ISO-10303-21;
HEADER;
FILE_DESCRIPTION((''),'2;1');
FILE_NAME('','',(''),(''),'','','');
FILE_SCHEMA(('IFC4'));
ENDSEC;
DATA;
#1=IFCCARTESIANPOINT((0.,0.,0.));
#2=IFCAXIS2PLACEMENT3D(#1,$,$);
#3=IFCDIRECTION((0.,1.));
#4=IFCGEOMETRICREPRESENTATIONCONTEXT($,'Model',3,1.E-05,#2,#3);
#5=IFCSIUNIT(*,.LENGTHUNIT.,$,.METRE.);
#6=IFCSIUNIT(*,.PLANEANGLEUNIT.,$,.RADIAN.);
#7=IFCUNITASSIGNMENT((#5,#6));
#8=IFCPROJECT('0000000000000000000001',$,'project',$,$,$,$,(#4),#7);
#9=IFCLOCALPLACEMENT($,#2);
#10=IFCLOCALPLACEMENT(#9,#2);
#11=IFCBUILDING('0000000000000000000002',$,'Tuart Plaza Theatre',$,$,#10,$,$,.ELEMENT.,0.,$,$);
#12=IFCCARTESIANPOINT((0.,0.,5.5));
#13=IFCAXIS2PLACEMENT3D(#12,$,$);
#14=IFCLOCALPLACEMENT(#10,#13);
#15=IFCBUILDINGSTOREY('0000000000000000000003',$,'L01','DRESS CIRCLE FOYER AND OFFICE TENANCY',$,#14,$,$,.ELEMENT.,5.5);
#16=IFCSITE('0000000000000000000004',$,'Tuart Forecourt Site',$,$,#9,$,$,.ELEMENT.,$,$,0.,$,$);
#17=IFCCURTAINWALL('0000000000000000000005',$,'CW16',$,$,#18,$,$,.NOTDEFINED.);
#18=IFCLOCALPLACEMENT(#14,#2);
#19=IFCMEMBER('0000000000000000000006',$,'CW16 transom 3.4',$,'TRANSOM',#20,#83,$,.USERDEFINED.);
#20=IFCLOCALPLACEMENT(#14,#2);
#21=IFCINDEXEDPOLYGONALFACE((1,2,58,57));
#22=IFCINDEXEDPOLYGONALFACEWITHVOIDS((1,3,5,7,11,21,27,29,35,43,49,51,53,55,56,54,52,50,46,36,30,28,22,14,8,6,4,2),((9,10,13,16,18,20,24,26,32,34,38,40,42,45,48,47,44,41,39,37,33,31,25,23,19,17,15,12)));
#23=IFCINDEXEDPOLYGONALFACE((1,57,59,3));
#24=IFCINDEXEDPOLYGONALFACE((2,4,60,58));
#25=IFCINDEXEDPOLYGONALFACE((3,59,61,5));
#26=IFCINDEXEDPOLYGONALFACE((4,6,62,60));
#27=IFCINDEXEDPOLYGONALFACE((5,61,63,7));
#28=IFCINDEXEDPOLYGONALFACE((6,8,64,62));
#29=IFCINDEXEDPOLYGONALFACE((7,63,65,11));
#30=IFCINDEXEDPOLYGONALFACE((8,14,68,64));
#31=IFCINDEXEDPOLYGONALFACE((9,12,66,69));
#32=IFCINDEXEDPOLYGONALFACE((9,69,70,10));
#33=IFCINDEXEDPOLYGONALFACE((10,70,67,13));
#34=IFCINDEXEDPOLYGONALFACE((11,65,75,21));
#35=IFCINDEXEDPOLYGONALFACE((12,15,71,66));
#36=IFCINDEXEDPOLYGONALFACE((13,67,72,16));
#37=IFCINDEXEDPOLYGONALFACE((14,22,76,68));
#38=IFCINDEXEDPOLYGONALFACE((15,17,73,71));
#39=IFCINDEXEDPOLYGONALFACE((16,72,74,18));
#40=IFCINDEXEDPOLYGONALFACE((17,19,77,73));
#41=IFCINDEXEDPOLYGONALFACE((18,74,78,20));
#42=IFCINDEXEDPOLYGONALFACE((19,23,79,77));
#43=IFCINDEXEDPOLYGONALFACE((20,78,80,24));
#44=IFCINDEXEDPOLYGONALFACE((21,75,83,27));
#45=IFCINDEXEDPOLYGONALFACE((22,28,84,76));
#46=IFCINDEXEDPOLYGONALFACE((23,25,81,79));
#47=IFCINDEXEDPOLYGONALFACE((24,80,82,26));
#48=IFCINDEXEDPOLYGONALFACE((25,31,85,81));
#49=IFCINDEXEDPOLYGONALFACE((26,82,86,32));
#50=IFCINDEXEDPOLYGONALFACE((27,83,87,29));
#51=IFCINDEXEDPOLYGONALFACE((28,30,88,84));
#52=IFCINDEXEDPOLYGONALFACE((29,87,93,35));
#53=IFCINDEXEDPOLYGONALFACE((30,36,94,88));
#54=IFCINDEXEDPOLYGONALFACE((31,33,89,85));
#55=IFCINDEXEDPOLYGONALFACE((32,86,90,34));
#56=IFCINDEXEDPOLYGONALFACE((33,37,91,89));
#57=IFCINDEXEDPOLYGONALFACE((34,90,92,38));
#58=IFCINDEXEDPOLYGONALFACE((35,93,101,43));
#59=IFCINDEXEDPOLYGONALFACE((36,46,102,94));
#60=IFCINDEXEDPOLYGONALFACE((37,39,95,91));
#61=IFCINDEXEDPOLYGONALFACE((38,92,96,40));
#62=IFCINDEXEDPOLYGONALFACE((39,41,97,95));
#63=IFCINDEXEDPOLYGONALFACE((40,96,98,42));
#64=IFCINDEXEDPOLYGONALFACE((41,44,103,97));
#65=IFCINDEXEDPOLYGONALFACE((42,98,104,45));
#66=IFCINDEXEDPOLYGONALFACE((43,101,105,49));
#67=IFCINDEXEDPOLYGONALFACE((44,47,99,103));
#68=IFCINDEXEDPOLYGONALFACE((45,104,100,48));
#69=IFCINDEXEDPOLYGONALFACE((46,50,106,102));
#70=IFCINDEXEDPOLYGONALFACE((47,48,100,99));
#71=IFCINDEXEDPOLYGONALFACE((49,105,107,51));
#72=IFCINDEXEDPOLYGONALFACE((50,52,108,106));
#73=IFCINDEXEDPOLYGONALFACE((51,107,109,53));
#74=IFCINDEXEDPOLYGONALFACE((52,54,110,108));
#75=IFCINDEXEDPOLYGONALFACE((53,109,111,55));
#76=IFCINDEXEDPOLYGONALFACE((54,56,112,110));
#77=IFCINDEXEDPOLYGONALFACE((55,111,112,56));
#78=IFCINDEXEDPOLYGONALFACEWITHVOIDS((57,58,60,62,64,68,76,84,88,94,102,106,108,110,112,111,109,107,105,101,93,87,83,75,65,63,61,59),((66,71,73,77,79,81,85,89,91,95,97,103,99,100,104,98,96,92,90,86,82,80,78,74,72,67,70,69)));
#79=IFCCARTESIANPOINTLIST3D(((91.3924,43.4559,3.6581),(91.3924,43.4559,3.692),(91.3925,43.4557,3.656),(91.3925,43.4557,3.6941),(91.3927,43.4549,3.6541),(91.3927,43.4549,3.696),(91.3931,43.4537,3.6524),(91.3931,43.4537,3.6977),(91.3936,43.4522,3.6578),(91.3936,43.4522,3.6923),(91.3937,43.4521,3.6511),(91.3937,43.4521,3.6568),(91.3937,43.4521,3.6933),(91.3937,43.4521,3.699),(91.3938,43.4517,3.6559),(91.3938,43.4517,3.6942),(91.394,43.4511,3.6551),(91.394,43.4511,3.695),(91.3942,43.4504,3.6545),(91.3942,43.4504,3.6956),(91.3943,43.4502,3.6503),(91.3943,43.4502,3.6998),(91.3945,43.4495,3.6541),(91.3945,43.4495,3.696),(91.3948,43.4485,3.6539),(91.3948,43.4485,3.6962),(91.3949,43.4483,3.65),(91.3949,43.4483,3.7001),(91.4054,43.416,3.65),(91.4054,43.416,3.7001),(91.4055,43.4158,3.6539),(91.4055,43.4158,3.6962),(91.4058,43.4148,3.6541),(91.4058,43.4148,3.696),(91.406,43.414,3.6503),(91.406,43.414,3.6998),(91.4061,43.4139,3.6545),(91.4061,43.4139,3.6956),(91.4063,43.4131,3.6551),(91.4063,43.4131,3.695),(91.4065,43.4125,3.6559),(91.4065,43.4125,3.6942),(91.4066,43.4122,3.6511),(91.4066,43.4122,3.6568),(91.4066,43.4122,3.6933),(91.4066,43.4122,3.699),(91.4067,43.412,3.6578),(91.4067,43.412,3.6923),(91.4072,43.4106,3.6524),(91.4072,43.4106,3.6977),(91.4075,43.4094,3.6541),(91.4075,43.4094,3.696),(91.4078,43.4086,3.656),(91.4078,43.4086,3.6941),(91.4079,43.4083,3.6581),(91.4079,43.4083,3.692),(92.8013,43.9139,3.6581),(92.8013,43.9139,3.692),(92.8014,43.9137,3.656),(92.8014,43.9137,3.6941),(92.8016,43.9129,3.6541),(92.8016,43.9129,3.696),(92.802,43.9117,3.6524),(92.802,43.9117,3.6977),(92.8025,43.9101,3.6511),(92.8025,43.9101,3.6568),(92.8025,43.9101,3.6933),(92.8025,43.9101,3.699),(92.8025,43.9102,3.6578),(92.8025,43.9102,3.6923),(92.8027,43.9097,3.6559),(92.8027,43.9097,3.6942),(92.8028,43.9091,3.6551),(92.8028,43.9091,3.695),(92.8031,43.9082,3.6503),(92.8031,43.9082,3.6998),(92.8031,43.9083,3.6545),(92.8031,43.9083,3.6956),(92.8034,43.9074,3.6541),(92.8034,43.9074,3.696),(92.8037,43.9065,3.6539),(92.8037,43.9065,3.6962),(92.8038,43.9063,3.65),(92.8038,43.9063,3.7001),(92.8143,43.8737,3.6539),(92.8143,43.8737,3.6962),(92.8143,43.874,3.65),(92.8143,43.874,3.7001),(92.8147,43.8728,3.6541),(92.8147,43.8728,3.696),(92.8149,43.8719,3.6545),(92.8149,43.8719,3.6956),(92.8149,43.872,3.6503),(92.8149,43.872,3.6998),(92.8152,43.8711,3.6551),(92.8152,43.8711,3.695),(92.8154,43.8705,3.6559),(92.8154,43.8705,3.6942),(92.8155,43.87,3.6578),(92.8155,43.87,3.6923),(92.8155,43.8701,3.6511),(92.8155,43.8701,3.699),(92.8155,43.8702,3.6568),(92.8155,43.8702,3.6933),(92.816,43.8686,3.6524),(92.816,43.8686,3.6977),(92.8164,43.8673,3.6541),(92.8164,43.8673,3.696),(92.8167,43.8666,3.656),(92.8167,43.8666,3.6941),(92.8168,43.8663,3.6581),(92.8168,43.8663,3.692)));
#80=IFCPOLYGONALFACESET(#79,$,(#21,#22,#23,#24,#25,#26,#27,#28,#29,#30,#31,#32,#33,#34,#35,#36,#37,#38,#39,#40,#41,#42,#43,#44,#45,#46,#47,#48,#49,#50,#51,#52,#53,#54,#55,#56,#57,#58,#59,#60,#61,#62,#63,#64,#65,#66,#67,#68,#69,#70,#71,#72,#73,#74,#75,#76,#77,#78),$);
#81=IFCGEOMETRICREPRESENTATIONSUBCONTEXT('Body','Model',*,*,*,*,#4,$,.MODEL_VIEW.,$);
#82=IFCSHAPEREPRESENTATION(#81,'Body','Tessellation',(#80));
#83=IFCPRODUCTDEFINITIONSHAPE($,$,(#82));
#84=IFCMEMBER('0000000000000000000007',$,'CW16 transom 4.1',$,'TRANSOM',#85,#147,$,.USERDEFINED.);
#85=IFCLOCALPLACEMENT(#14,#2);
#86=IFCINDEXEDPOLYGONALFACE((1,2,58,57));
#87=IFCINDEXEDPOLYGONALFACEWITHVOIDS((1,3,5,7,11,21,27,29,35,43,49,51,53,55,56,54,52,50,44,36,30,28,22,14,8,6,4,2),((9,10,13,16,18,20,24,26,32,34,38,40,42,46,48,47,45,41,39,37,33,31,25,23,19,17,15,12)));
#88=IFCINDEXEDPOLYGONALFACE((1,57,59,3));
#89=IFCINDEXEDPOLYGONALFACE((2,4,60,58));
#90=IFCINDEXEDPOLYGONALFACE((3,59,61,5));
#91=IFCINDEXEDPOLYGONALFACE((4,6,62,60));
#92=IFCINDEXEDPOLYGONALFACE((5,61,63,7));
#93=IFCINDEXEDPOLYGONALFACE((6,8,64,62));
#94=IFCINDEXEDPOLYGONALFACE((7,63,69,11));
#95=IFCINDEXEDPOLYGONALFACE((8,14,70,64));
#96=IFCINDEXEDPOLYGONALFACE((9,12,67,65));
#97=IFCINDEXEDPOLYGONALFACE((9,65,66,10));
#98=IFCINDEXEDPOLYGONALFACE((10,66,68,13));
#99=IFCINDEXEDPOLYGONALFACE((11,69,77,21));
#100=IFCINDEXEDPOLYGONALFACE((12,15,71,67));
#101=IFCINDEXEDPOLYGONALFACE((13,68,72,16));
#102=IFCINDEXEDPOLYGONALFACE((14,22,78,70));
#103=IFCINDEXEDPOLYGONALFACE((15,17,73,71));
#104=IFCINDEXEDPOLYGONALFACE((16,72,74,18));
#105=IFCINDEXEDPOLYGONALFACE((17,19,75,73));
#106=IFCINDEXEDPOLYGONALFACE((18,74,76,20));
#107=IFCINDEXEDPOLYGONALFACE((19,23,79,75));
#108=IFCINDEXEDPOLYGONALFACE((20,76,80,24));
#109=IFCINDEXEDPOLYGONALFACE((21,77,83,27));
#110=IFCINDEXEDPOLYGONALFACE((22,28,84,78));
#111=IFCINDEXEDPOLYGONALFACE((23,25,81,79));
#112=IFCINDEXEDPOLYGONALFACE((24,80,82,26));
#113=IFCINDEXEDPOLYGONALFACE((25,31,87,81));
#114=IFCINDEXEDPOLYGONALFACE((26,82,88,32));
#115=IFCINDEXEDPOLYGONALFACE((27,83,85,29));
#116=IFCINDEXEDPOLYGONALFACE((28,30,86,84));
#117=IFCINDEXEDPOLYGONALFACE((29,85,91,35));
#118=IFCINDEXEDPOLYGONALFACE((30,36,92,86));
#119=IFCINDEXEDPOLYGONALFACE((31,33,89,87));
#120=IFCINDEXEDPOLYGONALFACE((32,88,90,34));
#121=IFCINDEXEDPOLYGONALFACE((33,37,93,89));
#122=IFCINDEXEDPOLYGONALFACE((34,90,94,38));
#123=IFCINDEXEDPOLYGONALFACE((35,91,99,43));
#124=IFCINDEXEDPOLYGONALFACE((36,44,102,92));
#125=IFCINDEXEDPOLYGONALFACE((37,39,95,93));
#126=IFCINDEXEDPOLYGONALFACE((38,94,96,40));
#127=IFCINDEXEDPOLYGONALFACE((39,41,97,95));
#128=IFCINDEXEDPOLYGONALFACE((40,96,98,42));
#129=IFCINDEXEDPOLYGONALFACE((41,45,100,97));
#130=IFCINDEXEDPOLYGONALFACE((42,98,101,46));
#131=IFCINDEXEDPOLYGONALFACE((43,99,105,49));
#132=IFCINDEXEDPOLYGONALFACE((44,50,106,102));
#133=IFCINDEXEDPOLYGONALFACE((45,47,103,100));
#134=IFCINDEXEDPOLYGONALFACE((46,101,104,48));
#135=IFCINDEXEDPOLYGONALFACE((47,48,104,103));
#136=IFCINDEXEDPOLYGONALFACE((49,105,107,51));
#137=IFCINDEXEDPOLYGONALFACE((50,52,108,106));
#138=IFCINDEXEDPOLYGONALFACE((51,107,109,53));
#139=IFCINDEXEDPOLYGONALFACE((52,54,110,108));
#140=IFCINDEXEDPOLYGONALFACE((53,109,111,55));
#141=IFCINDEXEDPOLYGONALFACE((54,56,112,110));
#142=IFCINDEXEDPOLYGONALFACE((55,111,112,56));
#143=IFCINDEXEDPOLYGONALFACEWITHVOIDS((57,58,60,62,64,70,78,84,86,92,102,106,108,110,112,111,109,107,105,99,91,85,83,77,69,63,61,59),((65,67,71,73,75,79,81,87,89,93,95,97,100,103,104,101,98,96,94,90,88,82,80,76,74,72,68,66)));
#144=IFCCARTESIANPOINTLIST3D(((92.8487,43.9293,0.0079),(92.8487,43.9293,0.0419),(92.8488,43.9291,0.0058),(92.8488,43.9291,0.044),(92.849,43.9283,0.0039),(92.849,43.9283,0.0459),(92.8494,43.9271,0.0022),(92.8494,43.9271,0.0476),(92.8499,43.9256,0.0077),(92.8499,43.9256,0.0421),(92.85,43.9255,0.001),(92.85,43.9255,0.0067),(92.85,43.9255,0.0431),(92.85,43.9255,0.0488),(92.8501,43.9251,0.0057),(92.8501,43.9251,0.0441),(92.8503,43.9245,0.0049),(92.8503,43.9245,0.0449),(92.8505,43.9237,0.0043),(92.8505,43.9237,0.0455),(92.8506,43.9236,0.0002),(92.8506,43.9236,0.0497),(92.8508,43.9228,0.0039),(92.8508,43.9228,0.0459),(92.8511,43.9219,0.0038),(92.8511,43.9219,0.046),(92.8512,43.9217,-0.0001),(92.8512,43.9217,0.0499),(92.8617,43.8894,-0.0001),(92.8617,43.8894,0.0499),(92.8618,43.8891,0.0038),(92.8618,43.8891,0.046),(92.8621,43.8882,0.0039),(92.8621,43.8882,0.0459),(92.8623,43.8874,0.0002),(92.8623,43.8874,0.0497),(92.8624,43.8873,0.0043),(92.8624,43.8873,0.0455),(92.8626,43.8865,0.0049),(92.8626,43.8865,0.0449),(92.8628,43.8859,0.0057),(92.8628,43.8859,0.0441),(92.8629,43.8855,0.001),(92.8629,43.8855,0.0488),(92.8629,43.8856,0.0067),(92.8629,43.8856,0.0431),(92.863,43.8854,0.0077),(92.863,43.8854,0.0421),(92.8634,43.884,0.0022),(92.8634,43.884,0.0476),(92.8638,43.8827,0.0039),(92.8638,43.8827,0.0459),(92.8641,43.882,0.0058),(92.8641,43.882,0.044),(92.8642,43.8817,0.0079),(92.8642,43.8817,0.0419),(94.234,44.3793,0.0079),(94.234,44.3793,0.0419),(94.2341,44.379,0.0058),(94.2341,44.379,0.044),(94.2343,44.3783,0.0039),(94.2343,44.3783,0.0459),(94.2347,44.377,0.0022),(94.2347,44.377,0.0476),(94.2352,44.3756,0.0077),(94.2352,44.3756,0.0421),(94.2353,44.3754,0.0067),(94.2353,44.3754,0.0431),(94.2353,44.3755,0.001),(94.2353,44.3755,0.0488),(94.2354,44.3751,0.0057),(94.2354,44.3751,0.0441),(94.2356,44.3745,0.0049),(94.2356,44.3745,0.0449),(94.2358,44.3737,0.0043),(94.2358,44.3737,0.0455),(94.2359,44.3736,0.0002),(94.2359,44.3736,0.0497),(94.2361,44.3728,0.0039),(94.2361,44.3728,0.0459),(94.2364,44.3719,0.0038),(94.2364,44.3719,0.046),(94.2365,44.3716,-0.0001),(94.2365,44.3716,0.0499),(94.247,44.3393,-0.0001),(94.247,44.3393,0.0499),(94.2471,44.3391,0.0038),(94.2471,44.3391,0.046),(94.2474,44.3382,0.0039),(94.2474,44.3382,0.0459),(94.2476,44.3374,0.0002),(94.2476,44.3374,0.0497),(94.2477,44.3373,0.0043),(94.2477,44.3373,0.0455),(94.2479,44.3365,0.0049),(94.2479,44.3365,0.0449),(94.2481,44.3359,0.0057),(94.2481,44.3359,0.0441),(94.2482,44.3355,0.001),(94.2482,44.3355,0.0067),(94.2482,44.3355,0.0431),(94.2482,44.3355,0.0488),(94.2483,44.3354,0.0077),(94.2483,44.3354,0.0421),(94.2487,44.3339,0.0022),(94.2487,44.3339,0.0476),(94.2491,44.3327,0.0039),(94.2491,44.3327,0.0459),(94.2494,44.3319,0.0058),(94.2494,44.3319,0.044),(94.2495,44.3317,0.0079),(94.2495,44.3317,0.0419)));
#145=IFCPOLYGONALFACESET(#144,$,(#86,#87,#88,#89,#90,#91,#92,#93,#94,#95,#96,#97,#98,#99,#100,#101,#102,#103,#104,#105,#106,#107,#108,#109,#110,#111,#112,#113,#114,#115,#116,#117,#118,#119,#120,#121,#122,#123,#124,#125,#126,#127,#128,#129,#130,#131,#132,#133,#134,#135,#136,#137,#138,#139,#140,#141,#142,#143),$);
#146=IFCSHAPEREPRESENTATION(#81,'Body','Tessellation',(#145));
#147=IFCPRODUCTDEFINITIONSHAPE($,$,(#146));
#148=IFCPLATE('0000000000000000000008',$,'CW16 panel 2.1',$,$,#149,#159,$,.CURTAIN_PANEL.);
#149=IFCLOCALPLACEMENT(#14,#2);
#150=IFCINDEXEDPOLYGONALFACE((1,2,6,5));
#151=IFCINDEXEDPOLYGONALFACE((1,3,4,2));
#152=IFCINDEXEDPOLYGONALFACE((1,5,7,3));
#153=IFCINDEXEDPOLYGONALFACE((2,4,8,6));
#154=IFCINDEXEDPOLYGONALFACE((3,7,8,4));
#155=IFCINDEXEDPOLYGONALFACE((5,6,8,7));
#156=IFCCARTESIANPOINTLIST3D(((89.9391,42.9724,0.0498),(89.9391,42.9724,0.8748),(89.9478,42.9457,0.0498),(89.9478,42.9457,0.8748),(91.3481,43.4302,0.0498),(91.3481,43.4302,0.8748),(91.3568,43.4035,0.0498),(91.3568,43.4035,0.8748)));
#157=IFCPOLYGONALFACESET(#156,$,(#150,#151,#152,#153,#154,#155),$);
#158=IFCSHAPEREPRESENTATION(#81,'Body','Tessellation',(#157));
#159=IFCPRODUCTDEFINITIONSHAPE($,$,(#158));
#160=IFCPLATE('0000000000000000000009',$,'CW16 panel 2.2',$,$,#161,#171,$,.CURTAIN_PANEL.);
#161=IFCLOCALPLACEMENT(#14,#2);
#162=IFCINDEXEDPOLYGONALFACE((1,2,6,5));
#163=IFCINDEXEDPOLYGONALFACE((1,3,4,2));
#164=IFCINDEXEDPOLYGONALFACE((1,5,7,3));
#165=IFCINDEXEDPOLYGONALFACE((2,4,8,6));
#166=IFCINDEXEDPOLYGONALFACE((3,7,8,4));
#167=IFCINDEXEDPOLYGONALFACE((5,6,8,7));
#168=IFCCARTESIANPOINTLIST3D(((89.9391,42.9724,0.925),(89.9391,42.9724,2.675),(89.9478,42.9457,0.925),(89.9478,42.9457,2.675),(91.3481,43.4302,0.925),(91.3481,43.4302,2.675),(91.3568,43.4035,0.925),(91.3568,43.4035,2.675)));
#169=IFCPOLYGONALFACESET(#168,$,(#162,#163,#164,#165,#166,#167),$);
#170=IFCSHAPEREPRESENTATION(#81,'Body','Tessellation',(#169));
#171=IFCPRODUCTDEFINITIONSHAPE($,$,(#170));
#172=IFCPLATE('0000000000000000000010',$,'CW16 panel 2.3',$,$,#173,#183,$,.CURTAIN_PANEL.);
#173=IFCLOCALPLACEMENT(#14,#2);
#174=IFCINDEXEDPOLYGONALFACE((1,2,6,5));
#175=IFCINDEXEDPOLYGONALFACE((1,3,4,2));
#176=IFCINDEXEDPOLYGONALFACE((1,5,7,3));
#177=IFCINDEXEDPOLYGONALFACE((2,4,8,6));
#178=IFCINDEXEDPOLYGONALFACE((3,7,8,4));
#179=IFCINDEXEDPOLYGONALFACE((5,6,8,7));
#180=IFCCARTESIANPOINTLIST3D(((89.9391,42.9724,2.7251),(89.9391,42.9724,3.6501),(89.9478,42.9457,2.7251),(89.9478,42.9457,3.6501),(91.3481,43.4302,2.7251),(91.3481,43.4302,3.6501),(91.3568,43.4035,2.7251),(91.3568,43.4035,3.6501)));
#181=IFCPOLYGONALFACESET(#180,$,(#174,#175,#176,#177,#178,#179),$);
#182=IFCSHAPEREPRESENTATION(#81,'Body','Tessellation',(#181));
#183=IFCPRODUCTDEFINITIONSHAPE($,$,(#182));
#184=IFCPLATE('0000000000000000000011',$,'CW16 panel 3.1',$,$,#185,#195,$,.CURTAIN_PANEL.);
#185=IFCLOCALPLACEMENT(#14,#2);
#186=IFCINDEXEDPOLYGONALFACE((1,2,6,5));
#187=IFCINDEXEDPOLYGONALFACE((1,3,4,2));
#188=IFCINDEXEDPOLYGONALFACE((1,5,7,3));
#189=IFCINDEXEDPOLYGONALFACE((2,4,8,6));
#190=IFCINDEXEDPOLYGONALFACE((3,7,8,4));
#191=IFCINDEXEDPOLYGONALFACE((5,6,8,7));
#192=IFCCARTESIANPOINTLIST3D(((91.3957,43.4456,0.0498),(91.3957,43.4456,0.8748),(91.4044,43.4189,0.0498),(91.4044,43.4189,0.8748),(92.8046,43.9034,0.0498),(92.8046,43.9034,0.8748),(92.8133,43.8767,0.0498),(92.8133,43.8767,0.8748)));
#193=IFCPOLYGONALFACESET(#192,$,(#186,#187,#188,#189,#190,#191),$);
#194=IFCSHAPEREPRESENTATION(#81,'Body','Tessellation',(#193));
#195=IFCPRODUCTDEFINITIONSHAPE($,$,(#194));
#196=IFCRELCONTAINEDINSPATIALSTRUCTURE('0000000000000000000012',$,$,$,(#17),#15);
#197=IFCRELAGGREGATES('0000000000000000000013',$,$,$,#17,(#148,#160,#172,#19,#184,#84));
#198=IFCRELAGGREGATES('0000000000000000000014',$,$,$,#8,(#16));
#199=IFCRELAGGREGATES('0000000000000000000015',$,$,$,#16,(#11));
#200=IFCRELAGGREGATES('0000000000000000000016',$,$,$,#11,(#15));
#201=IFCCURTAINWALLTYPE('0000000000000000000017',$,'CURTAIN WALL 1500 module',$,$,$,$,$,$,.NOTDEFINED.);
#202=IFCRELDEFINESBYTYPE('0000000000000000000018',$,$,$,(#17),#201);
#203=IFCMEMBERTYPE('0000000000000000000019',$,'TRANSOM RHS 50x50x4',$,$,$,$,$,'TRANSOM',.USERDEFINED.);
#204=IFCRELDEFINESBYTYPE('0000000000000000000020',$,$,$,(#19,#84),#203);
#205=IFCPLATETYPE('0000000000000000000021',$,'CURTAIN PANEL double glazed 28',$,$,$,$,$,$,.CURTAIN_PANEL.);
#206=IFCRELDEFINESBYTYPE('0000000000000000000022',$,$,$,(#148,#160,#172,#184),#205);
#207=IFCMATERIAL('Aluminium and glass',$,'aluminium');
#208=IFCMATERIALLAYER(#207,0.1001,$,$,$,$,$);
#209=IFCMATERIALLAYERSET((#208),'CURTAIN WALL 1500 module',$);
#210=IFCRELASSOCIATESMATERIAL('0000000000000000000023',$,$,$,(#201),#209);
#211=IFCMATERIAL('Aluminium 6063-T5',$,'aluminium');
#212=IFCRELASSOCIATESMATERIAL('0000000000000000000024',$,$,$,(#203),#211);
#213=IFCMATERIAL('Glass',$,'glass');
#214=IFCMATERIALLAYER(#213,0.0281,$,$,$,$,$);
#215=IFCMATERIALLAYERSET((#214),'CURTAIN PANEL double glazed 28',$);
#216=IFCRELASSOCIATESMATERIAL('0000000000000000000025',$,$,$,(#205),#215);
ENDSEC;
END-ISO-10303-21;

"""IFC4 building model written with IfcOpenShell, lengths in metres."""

from ifc_helpers import new_model, si_unit, direction, frame, origin, origin_2d, place, context, subcontext, project, spatial, rectangle, hollow_rectangle, extrude, material, layer, layer_set, material_profile, profile_set, type_object, element, aggregate, save


model = new_model("IFC4")

# Units and contexts
model_context = context("Model", 3, precision=1e-05, world=origin(), true_north=direction((0.0, 1.0)))
body_context = subcontext(model_context, "Body", "Model", "MODEL_VIEW")
ifc_project = project(units=[si_unit("LENGTHUNIT", "METRE"), si_unit("PLANEANGLEUNIT", "RADIAN")], contexts=[model_context])

# Site, building, storey
site_placement = place(None, origin())
site = spatial("IfcSite", under=ifc_project, at=site_placement, Name="Tuart Forecourt Site", CompositionType="ELEMENT", RefElevation=0.0)
building_placement = place(site_placement, origin())
building = spatial("IfcBuilding", under=site, at=building_placement, Name="Tuart Plaza Theatre", CompositionType="ELEMENT", ElevationOfRefHeight=0.0)
storey_placement = place(building_placement, frame((0.0, 0.0, 5.5)))
storey = spatial("IfcBuildingStorey", under=building, at=storey_placement, Name="L01", Description="DRESS CIRCLE FOYER AND OFFICE TENANCY", CompositionType="ELEMENT", Elevation=5.5)

# Curtain wall, members, plates
ifc_material_1 = material(Name="Aluminium and glass", Category="aluminium")
ifc_layer_1 = layer(ifc_material_1, 0.1001)
ifc_layer_set_1 = layer_set([ifc_layer_1], Name="CURTAIN WALL 1500 module")
curtain_wall_type = type_object("IfcCurtainWallType", Name="CURTAIN WALL 1500 module", PredefinedType="NOTDEFINED", material=ifc_layer_set_1)
curtain_wall_placement = place(storey_placement, origin())
curtain_wall = element("IfcCurtainWall", 1, at=curtain_wall_placement, inside=storey, type_object=curtain_wall_type, Name="CW16", PredefinedType="NOTDEFINED")
ifc_material_2 = material(Name="Aluminium 6063-T5", Category="aluminium")
ifc_material_profile_1 = material_profile(ifc_material_2, hollow_rectangle(XDim=0.05, YDim=0.05, WallThickness=0.0039, InnerFilletRadius=0.0039, OuterFilletRadius=0.0081, at=origin_2d()), Name="RHS 50x50x4")
ifc_profile_set_1 = profile_set([ifc_material_profile_1], Name="Aluminium 6063-T5")
member_type_1 = type_object("IfcMemberType", Name="TRANSOM RHS 50x50x4", ElementType="TRANSOM", PredefinedType="USERDEFINED", material=ifc_profile_set_1)
member_1_placement = place(storey_placement, frame((91.4001, 43.4321, 3.675), z_axis=(0.951013, 0.309149, 0.0), x_axis=(-0.309149, 0.951013, 0.0)))
member_1 = element("IfcMember", 2, at=member_1_placement, type_object=member_type_1, Name="CW16 transom 3.4", ObjectType="TRANSOM", PredefinedType="USERDEFINED", context=body_context, shape_type="SweptSolid", body=[
    extrude(hollow_rectangle(XDim=0.05, YDim=0.05, WallThickness=0.0039, InnerFilletRadius=0.0039, OuterFilletRadius=0.0081, at=origin_2d()), origin(), (0.0, 0.0, 1.0), 1.4814),
])
member_2_placement = place(storey_placement, frame((92.8564, 43.9055, 0.0249), z_axis=(0.951086, 0.308927, 0.0), x_axis=(-0.308927, 0.951086, 0.0)))
member_2 = element("IfcMember", 3, at=member_2_placement, type_object=member_type_1, Name="CW16 transom 4.1", ObjectType="TRANSOM", PredefinedType="USERDEFINED", context=body_context, shape_type="SweptSolid", body=[
    extrude(hollow_rectangle(XDim=0.05, YDim=0.05, WallThickness=0.0039, InnerFilletRadius=0.0039, OuterFilletRadius=0.0081, at=origin_2d()), origin(), (0.0, 0.0, 1.0), 1.4565),
])
ifc_material_3 = material(Name="Glass", Category="glass")
ifc_layer_2 = layer(ifc_material_3, 0.0281)
ifc_layer_set_2 = layer_set([ifc_layer_2], Name="CURTAIN PANEL double glazed 28")
plate_type = type_object("IfcPlateType", Name="CURTAIN PANEL double glazed 28", PredefinedType="CURTAIN_PANEL", material=ifc_layer_set_2)
plate_1_placement = place(storey_placement, frame((90.6479, 43.188, 0.0498), z_axis=(0.0, 0.0, 1.0), x_axis=(0.951056, 0.309018, 0.0)))
plate_1 = element("IfcPlate", 4, at=plate_1_placement, type_object=plate_type, Name="CW16 panel 2.1", PredefinedType="CURTAIN_PANEL", context=body_context, shape_type="SweptSolid", body=[
    extrude(rectangle(XDim=1.4814, YDim=0.0281, at=origin_2d()), origin(), (0.0, 0.0, 1.0), 0.825),
])
plate_2_placement = place(storey_placement, frame((90.6479, 43.188, 0.925), z_axis=(0.0, 0.0, 1.0), x_axis=(0.951056, 0.309018, 0.0)))
plate_2 = element("IfcPlate", 5, at=plate_2_placement, type_object=plate_type, Name="CW16 panel 2.2", PredefinedType="CURTAIN_PANEL", context=body_context, shape_type="SweptSolid", body=[
    extrude(rectangle(XDim=1.4814, YDim=0.0281, at=origin_2d()), origin(), (0.0, 0.0, 1.0), 1.75),
])
plate_3_placement = place(storey_placement, frame((90.6479, 43.188, 2.7251), z_axis=(0.0, 0.0, 1.0), x_axis=(0.951056, 0.309018, 0.0)))
plate_3 = element("IfcPlate", 6, at=plate_3_placement, type_object=plate_type, Name="CW16 panel 2.3", PredefinedType="CURTAIN_PANEL", context=body_context, shape_type="SweptSolid", body=[
    extrude(rectangle(XDim=1.4814, YDim=0.0281, at=origin_2d()), origin(), (0.0, 0.0, 1.0), 0.925),
])
plate_4_placement = place(storey_placement, frame((92.1045, 43.6611, 0.0498), z_axis=(0.0, 0.0, 1.0), x_axis=(0.951056, 0.309018, 0.0)))
plate_4 = element("IfcPlate", 7, at=plate_4_placement, type_object=plate_type, Name="CW16 panel 3.1", PredefinedType="CURTAIN_PANEL", context=body_context, shape_type="SweptSolid", body=[
    extrude(rectangle(XDim=1.4814, YDim=0.0281, at=origin_2d()), origin(), (0.0, 0.0, 1.0), 0.825),
])
aggregate(curtain_wall, [plate_1, plate_2, plate_3, member_1, plate_4, member_2])

save(model, "model.ifc")
